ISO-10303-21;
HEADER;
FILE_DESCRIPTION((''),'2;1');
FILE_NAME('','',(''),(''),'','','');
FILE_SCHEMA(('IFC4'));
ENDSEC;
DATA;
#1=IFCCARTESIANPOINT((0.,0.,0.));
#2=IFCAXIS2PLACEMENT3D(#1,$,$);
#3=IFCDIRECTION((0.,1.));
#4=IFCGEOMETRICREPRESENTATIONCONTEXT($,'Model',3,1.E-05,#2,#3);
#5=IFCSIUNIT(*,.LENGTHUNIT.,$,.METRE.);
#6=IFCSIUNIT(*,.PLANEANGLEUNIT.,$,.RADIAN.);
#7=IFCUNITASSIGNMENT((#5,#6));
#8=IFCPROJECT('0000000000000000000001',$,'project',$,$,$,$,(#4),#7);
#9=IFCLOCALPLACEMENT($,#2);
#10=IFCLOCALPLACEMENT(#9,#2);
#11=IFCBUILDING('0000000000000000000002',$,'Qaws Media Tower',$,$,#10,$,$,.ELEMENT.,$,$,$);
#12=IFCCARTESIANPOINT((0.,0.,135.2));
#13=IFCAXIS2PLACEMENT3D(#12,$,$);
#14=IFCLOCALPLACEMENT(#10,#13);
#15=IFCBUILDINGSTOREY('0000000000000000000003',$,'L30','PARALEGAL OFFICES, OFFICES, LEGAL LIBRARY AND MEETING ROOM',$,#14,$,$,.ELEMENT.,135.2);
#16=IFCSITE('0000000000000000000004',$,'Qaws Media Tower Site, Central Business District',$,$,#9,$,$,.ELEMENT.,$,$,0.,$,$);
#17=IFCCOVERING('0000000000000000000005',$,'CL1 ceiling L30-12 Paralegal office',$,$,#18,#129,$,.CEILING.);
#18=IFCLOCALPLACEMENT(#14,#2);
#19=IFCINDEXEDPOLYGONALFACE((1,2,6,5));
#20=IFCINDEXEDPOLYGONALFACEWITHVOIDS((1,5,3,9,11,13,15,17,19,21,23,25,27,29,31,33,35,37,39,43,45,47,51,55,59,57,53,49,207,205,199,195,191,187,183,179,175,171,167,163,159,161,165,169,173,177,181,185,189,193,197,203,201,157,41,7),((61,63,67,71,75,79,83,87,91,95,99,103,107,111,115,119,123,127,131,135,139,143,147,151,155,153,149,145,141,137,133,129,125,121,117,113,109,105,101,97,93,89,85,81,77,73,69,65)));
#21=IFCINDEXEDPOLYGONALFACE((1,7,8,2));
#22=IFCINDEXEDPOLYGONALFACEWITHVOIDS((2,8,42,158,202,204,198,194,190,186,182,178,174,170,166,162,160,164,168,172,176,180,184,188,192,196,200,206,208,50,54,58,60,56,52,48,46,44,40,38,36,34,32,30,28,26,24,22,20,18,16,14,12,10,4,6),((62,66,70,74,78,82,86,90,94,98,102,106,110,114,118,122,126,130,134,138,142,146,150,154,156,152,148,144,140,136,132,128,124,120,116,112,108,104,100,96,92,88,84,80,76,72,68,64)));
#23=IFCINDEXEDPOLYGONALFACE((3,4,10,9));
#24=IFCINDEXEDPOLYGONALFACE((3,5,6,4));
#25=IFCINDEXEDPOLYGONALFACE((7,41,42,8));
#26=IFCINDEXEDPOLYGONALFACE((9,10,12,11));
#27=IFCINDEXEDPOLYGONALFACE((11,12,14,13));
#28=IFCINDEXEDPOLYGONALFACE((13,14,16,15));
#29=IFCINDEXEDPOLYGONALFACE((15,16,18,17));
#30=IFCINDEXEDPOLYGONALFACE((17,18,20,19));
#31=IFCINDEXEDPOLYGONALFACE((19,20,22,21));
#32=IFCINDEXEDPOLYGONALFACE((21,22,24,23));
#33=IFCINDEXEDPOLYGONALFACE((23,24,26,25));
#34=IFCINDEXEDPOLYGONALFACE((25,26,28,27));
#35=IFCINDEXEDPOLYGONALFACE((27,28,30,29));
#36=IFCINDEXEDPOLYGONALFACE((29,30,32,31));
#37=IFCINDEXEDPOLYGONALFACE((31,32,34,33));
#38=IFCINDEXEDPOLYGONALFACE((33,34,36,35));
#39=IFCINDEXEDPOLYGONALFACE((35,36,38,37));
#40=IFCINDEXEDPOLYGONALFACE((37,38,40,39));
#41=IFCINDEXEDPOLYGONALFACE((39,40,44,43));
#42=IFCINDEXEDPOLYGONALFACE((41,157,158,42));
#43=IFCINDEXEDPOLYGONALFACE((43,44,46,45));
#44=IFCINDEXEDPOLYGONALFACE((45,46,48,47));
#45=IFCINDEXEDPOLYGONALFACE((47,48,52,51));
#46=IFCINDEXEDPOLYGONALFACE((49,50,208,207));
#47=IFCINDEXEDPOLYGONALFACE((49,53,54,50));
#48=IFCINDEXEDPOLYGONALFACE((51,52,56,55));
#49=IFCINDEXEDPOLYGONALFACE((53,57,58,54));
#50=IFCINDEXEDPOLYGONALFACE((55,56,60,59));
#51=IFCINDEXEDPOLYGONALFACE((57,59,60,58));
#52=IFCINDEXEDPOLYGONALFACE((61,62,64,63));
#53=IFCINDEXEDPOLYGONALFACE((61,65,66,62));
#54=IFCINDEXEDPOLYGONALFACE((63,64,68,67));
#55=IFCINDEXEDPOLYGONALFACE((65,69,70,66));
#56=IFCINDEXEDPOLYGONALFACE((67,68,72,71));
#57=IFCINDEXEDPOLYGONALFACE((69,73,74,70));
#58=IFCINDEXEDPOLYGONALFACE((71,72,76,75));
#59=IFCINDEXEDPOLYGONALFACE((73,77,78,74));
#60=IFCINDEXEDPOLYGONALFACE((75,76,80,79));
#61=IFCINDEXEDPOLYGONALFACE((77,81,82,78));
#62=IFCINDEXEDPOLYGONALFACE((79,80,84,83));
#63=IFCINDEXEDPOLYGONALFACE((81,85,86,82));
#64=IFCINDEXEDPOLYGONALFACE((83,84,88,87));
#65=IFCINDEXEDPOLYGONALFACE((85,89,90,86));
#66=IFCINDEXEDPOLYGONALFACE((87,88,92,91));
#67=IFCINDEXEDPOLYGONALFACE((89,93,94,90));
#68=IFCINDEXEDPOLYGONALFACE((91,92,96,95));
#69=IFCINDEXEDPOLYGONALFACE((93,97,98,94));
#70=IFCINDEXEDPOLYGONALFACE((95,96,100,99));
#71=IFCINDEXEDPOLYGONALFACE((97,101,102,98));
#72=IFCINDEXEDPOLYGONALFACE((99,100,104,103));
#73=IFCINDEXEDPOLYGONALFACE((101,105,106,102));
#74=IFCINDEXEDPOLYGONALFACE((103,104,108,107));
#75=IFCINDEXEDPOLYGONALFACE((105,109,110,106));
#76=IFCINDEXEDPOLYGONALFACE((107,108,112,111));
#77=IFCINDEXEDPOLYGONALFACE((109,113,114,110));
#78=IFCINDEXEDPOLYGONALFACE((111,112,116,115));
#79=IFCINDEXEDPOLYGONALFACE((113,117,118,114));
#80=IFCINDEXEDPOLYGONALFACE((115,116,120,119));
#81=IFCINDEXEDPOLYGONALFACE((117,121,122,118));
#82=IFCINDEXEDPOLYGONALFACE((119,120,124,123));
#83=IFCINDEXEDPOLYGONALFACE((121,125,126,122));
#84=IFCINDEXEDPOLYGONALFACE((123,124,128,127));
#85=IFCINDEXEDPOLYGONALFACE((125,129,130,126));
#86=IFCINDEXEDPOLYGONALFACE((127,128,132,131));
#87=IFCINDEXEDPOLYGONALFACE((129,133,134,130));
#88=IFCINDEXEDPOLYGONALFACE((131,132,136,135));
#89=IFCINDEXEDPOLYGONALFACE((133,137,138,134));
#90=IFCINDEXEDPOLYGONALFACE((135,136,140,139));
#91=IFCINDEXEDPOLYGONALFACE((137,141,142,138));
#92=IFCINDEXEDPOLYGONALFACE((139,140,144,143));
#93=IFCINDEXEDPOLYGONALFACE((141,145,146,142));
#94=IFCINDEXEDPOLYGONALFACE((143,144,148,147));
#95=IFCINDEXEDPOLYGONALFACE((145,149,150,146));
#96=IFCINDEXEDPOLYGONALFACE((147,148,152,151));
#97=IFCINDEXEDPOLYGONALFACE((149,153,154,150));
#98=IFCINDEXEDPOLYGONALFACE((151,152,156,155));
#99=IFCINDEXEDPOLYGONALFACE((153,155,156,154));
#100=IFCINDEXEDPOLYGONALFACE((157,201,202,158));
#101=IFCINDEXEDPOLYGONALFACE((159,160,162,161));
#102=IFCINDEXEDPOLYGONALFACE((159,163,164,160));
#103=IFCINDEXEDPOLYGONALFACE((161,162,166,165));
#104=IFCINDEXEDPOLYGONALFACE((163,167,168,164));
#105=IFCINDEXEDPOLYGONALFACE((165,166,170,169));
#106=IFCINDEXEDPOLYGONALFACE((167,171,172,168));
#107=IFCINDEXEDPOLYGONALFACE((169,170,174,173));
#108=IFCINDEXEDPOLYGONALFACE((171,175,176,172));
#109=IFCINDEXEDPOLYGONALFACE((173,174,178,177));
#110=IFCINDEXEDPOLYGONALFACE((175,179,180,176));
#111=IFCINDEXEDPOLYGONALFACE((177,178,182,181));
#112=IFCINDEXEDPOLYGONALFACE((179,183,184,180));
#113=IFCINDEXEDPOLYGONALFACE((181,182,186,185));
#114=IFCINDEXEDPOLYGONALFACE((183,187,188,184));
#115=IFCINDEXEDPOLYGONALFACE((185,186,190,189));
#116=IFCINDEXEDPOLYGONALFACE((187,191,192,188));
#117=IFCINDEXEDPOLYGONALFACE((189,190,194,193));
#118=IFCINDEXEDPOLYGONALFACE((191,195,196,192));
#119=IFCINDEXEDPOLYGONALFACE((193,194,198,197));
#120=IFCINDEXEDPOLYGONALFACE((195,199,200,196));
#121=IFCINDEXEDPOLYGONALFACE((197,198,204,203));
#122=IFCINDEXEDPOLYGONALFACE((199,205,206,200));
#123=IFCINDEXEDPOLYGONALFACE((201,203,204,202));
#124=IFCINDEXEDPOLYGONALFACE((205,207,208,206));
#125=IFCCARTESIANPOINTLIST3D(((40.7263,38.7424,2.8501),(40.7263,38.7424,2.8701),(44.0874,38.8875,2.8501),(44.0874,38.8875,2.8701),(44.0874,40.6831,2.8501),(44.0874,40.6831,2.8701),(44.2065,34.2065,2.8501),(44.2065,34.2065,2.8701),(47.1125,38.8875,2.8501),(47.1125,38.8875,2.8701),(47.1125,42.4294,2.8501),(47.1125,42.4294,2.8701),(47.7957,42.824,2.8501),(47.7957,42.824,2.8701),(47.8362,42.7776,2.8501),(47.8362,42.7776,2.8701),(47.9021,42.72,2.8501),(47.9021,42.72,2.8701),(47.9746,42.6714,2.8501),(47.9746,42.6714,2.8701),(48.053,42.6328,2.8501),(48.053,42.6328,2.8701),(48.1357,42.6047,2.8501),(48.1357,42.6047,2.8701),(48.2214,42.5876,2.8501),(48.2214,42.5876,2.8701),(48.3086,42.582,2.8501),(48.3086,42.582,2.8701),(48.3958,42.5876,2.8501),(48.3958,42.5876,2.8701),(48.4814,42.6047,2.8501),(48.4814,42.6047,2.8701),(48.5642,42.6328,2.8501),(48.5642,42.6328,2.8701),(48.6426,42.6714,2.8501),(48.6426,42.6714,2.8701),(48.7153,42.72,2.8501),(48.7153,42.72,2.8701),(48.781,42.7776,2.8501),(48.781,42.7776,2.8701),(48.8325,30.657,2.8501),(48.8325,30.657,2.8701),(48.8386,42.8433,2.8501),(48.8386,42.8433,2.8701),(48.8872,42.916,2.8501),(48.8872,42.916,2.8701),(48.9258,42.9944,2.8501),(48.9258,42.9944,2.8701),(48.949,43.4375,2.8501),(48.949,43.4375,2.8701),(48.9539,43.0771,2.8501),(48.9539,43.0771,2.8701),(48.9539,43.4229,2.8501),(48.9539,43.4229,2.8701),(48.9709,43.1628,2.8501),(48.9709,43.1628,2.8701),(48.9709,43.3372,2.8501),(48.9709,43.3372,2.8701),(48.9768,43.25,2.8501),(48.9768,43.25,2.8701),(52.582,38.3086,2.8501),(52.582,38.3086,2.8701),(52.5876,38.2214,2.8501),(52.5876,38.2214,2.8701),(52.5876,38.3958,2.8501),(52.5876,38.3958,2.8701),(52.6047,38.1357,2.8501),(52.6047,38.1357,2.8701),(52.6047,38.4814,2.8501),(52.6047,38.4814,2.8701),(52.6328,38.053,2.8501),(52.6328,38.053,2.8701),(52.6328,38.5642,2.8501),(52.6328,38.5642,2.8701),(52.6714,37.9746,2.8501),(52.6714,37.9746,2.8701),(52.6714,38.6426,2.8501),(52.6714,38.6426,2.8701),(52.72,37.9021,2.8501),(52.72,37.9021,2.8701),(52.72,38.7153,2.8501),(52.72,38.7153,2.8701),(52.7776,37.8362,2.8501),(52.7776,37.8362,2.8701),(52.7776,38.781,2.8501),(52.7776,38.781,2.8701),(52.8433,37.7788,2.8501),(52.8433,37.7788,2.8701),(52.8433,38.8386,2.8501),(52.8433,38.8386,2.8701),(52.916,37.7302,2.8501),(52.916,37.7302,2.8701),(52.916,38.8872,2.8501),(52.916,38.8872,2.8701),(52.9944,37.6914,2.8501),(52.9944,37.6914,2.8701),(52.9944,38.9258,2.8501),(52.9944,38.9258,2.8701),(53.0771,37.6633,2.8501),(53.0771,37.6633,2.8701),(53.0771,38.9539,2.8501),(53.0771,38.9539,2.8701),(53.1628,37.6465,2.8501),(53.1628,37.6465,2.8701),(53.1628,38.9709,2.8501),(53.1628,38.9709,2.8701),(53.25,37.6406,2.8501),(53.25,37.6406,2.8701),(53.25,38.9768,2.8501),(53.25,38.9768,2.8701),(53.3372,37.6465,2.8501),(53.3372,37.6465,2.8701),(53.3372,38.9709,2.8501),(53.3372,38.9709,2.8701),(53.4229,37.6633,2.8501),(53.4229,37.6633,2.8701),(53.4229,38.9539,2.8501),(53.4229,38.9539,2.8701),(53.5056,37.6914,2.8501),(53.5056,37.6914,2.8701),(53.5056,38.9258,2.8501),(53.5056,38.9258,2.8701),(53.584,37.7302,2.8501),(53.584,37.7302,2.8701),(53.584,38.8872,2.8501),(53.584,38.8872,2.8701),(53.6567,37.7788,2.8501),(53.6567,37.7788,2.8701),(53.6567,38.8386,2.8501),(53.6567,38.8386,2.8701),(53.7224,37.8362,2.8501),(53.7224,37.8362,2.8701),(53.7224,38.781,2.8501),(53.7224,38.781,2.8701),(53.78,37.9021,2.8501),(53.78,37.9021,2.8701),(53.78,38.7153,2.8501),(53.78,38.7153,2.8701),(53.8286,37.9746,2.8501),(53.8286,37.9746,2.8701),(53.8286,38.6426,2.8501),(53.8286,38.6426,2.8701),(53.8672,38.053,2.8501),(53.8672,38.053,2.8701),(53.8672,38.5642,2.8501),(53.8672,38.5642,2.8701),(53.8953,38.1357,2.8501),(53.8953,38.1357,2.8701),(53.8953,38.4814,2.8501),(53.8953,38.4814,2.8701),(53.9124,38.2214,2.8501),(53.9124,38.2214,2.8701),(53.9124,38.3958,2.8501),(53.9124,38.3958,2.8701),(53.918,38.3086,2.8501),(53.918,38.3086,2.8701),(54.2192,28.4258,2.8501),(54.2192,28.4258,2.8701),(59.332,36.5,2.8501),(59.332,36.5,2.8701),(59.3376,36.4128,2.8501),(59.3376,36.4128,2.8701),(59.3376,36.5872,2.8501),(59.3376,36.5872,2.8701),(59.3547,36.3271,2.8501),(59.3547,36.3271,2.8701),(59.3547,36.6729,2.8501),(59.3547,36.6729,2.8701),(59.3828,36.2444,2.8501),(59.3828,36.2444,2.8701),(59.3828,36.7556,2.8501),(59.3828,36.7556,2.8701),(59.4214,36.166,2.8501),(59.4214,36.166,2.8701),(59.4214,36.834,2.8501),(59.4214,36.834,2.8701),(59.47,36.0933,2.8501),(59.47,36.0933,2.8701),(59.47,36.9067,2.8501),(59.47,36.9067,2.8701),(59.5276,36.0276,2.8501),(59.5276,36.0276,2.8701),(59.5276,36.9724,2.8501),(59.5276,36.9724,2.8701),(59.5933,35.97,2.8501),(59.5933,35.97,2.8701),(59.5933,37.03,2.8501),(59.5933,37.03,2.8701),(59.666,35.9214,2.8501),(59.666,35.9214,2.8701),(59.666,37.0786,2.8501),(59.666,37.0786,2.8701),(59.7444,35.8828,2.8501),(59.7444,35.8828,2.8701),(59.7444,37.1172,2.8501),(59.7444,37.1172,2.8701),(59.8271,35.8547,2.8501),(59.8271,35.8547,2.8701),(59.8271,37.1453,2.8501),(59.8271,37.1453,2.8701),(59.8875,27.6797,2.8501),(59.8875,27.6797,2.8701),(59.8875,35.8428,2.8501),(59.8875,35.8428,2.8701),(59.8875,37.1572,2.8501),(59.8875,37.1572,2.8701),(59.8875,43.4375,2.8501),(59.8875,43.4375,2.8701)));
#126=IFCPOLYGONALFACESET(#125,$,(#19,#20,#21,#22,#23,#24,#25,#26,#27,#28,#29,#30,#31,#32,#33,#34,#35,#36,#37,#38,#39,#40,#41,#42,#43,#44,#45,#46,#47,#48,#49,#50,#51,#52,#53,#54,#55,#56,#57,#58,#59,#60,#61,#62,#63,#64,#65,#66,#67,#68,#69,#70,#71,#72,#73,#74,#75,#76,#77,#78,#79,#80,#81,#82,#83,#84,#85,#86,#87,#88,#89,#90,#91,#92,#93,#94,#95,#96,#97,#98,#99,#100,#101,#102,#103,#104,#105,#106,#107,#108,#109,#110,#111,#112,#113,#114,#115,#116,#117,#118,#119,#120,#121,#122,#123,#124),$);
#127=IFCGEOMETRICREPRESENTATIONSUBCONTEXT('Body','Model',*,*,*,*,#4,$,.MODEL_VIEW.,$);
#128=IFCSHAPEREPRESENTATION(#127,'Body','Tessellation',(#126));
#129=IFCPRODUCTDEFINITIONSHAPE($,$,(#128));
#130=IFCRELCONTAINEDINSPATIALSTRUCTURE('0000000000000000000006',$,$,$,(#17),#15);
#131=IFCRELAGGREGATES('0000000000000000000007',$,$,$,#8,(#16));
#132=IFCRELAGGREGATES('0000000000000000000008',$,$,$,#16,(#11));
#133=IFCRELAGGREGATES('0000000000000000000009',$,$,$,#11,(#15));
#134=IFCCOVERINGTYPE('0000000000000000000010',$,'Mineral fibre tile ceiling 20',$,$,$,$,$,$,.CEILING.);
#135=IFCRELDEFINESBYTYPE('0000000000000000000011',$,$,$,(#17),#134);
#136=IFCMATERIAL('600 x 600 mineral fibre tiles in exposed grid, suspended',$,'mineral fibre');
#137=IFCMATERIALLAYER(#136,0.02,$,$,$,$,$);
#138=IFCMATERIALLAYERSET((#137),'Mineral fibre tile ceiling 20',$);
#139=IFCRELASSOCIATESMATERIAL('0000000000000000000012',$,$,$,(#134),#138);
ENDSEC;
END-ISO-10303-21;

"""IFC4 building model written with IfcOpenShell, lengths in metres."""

from ifc_helpers import new_model, si_unit, direction, frame, origin, place, context, subcontext, project, spatial, polyline, outline, extrude, material, layer, layer_set, type_object, element, save


model = new_model("IFC4")

# Units and contexts
model_context = context("Model", 3, precision=1e-05, world=origin(), true_north=direction((0.0, 1.0)))
body_context = subcontext(model_context, "Body", "Model", "MODEL_VIEW")
ifc_project = project(units=[si_unit("LENGTHUNIT", "METRE"), si_unit("PLANEANGLEUNIT", "RADIAN")], contexts=[model_context])

# Site, building, storey
site_placement = place(None, origin())
site = spatial("IfcSite", under=ifc_project, at=site_placement, Name="Qaws Media Tower Site, Central Business District", CompositionType="ELEMENT", RefElevation=0.0)
building_placement = place(site_placement, origin())
building = spatial("IfcBuilding", under=site, at=building_placement, Name="Qaws Media Tower", CompositionType="ELEMENT")
storey_placement = place(building_placement, frame((0.0, 0.0, 135.2)))
storey = spatial("IfcBuildingStorey", under=building, at=storey_placement, Name="L30", Description="PARALEGAL OFFICES, OFFICES, LEGAL LIBRARY AND MEETING ROOM", CompositionType="ELEMENT", Elevation=135.2)

# Covering
ifc_material_1 = material(Name="600 x 600 mineral fibre tiles in exposed grid, suspended", Category="mineral fibre")
ifc_layer_1 = layer(ifc_material_1, 0.02)
ifc_layer_set_1 = layer_set([ifc_layer_1], Name="Mineral fibre tile ceiling 20")
covering_type_1 = type_object("IfcCoveringType", Name="Mineral fibre tile ceiling 20", PredefinedType="CEILING", material=ifc_layer_set_1)
covering_1_placement = place(storey_placement, frame((0.0, 0.0, 2.8501)))
element("IfcCovering", 1, at=covering_1_placement, inside=storey, type_object=covering_type_1, Name="CL1 ceiling L30-12 Paralegal office", PredefinedType="CEILING", context=body_context, shape_type="SweptSolid", body=[
    extrude(outline(polyline([(54.2192, 28.4258), (48.8325, 30.657), (44.2065, 34.2065), (40.7263, 38.7424), (44.0874, 40.6831), (44.0874, 38.8875), (47.1125, 38.8875), (47.1125, 42.4294), (47.7957, 42.824), (47.8362, 42.7776), (47.9021, 42.72), (47.9746, 42.6714), (48.053, 42.6328), (48.1357, 42.6047), (48.2214, 42.5876), (48.3086, 42.582), (48.3958, 42.5876), (48.4814, 42.6047), (48.5642, 42.6328), (48.6426, 42.6714), (48.7153, 42.72), (48.781, 42.7776), (48.8386, 42.8433), (48.8872, 42.916), (48.9258, 42.9944), (48.9539, 43.0771), (48.9709, 43.1628), (48.9768, 43.25), (48.9709, 43.3372), (48.9539, 43.4229), (48.949, 43.4375), (59.8875, 43.4375), (59.8875, 37.1572), (59.8271, 37.1453), (59.7444, 37.1172), (59.666, 37.0786), (59.5933, 37.03), (59.5276, 36.9724), (59.47, 36.9067), (59.4214, 36.834), (59.3828, 36.7556), (59.3547, 36.6729), (59.3376, 36.5872), (59.332, 36.5), (59.3376, 36.4128), (59.3547, 36.3271), (59.3828, 36.2444), (59.4214, 36.166), (59.47, 36.0933), (59.5276, 36.0276), (59.5933, 35.97), (59.666, 35.9214), (59.7444, 35.8828), (59.8271, 35.8547), (59.8875, 35.8428), (59.8875, 27.6797), (54.2192, 28.4258)]), holes=[polyline([(53.8953, 38.1357), (53.9124, 38.2214), (53.918, 38.3086), (53.9124, 38.3958), (53.8953, 38.4814), (53.8672, 38.5642), (53.8286, 38.6426), (53.78, 38.7153), (53.7224, 38.781), (53.6567, 38.8386), (53.584, 38.8872), (53.5056, 38.9258), (53.4229, 38.9539), (53.3372, 38.9709), (53.25, 38.9768), (53.1628, 38.9709), (53.0771, 38.9539), (52.9944, 38.9258), (52.916, 38.8872), (52.8433, 38.8386), (52.7776, 38.781), (52.72, 38.7153), (52.6714, 38.6426), (52.6328, 38.5642), (52.6047, 38.4814), (52.5876, 38.3958), (52.582, 38.3086), (52.5876, 38.2214), (52.6047, 38.1357), (52.6328, 38.053), (52.6714, 37.9746), (52.72, 37.9021), (52.7776, 37.8362), (52.8433, 37.7788), (52.916, 37.7302), (52.9944, 37.6914), (53.0771, 37.6633), (53.1628, 37.6465), (53.25, 37.6406), (53.3372, 37.6465), (53.4229, 37.6633), (53.5056, 37.6914), (53.584, 37.7302), (53.6567, 37.7788), (53.7224, 37.8362), (53.78, 37.9021), (53.8286, 37.9746), (53.8672, 38.053), (53.8953, 38.1357)])]), origin(), (0.0, 0.0, 1.0), 0.02),
])

save(model, "model.ifc")
